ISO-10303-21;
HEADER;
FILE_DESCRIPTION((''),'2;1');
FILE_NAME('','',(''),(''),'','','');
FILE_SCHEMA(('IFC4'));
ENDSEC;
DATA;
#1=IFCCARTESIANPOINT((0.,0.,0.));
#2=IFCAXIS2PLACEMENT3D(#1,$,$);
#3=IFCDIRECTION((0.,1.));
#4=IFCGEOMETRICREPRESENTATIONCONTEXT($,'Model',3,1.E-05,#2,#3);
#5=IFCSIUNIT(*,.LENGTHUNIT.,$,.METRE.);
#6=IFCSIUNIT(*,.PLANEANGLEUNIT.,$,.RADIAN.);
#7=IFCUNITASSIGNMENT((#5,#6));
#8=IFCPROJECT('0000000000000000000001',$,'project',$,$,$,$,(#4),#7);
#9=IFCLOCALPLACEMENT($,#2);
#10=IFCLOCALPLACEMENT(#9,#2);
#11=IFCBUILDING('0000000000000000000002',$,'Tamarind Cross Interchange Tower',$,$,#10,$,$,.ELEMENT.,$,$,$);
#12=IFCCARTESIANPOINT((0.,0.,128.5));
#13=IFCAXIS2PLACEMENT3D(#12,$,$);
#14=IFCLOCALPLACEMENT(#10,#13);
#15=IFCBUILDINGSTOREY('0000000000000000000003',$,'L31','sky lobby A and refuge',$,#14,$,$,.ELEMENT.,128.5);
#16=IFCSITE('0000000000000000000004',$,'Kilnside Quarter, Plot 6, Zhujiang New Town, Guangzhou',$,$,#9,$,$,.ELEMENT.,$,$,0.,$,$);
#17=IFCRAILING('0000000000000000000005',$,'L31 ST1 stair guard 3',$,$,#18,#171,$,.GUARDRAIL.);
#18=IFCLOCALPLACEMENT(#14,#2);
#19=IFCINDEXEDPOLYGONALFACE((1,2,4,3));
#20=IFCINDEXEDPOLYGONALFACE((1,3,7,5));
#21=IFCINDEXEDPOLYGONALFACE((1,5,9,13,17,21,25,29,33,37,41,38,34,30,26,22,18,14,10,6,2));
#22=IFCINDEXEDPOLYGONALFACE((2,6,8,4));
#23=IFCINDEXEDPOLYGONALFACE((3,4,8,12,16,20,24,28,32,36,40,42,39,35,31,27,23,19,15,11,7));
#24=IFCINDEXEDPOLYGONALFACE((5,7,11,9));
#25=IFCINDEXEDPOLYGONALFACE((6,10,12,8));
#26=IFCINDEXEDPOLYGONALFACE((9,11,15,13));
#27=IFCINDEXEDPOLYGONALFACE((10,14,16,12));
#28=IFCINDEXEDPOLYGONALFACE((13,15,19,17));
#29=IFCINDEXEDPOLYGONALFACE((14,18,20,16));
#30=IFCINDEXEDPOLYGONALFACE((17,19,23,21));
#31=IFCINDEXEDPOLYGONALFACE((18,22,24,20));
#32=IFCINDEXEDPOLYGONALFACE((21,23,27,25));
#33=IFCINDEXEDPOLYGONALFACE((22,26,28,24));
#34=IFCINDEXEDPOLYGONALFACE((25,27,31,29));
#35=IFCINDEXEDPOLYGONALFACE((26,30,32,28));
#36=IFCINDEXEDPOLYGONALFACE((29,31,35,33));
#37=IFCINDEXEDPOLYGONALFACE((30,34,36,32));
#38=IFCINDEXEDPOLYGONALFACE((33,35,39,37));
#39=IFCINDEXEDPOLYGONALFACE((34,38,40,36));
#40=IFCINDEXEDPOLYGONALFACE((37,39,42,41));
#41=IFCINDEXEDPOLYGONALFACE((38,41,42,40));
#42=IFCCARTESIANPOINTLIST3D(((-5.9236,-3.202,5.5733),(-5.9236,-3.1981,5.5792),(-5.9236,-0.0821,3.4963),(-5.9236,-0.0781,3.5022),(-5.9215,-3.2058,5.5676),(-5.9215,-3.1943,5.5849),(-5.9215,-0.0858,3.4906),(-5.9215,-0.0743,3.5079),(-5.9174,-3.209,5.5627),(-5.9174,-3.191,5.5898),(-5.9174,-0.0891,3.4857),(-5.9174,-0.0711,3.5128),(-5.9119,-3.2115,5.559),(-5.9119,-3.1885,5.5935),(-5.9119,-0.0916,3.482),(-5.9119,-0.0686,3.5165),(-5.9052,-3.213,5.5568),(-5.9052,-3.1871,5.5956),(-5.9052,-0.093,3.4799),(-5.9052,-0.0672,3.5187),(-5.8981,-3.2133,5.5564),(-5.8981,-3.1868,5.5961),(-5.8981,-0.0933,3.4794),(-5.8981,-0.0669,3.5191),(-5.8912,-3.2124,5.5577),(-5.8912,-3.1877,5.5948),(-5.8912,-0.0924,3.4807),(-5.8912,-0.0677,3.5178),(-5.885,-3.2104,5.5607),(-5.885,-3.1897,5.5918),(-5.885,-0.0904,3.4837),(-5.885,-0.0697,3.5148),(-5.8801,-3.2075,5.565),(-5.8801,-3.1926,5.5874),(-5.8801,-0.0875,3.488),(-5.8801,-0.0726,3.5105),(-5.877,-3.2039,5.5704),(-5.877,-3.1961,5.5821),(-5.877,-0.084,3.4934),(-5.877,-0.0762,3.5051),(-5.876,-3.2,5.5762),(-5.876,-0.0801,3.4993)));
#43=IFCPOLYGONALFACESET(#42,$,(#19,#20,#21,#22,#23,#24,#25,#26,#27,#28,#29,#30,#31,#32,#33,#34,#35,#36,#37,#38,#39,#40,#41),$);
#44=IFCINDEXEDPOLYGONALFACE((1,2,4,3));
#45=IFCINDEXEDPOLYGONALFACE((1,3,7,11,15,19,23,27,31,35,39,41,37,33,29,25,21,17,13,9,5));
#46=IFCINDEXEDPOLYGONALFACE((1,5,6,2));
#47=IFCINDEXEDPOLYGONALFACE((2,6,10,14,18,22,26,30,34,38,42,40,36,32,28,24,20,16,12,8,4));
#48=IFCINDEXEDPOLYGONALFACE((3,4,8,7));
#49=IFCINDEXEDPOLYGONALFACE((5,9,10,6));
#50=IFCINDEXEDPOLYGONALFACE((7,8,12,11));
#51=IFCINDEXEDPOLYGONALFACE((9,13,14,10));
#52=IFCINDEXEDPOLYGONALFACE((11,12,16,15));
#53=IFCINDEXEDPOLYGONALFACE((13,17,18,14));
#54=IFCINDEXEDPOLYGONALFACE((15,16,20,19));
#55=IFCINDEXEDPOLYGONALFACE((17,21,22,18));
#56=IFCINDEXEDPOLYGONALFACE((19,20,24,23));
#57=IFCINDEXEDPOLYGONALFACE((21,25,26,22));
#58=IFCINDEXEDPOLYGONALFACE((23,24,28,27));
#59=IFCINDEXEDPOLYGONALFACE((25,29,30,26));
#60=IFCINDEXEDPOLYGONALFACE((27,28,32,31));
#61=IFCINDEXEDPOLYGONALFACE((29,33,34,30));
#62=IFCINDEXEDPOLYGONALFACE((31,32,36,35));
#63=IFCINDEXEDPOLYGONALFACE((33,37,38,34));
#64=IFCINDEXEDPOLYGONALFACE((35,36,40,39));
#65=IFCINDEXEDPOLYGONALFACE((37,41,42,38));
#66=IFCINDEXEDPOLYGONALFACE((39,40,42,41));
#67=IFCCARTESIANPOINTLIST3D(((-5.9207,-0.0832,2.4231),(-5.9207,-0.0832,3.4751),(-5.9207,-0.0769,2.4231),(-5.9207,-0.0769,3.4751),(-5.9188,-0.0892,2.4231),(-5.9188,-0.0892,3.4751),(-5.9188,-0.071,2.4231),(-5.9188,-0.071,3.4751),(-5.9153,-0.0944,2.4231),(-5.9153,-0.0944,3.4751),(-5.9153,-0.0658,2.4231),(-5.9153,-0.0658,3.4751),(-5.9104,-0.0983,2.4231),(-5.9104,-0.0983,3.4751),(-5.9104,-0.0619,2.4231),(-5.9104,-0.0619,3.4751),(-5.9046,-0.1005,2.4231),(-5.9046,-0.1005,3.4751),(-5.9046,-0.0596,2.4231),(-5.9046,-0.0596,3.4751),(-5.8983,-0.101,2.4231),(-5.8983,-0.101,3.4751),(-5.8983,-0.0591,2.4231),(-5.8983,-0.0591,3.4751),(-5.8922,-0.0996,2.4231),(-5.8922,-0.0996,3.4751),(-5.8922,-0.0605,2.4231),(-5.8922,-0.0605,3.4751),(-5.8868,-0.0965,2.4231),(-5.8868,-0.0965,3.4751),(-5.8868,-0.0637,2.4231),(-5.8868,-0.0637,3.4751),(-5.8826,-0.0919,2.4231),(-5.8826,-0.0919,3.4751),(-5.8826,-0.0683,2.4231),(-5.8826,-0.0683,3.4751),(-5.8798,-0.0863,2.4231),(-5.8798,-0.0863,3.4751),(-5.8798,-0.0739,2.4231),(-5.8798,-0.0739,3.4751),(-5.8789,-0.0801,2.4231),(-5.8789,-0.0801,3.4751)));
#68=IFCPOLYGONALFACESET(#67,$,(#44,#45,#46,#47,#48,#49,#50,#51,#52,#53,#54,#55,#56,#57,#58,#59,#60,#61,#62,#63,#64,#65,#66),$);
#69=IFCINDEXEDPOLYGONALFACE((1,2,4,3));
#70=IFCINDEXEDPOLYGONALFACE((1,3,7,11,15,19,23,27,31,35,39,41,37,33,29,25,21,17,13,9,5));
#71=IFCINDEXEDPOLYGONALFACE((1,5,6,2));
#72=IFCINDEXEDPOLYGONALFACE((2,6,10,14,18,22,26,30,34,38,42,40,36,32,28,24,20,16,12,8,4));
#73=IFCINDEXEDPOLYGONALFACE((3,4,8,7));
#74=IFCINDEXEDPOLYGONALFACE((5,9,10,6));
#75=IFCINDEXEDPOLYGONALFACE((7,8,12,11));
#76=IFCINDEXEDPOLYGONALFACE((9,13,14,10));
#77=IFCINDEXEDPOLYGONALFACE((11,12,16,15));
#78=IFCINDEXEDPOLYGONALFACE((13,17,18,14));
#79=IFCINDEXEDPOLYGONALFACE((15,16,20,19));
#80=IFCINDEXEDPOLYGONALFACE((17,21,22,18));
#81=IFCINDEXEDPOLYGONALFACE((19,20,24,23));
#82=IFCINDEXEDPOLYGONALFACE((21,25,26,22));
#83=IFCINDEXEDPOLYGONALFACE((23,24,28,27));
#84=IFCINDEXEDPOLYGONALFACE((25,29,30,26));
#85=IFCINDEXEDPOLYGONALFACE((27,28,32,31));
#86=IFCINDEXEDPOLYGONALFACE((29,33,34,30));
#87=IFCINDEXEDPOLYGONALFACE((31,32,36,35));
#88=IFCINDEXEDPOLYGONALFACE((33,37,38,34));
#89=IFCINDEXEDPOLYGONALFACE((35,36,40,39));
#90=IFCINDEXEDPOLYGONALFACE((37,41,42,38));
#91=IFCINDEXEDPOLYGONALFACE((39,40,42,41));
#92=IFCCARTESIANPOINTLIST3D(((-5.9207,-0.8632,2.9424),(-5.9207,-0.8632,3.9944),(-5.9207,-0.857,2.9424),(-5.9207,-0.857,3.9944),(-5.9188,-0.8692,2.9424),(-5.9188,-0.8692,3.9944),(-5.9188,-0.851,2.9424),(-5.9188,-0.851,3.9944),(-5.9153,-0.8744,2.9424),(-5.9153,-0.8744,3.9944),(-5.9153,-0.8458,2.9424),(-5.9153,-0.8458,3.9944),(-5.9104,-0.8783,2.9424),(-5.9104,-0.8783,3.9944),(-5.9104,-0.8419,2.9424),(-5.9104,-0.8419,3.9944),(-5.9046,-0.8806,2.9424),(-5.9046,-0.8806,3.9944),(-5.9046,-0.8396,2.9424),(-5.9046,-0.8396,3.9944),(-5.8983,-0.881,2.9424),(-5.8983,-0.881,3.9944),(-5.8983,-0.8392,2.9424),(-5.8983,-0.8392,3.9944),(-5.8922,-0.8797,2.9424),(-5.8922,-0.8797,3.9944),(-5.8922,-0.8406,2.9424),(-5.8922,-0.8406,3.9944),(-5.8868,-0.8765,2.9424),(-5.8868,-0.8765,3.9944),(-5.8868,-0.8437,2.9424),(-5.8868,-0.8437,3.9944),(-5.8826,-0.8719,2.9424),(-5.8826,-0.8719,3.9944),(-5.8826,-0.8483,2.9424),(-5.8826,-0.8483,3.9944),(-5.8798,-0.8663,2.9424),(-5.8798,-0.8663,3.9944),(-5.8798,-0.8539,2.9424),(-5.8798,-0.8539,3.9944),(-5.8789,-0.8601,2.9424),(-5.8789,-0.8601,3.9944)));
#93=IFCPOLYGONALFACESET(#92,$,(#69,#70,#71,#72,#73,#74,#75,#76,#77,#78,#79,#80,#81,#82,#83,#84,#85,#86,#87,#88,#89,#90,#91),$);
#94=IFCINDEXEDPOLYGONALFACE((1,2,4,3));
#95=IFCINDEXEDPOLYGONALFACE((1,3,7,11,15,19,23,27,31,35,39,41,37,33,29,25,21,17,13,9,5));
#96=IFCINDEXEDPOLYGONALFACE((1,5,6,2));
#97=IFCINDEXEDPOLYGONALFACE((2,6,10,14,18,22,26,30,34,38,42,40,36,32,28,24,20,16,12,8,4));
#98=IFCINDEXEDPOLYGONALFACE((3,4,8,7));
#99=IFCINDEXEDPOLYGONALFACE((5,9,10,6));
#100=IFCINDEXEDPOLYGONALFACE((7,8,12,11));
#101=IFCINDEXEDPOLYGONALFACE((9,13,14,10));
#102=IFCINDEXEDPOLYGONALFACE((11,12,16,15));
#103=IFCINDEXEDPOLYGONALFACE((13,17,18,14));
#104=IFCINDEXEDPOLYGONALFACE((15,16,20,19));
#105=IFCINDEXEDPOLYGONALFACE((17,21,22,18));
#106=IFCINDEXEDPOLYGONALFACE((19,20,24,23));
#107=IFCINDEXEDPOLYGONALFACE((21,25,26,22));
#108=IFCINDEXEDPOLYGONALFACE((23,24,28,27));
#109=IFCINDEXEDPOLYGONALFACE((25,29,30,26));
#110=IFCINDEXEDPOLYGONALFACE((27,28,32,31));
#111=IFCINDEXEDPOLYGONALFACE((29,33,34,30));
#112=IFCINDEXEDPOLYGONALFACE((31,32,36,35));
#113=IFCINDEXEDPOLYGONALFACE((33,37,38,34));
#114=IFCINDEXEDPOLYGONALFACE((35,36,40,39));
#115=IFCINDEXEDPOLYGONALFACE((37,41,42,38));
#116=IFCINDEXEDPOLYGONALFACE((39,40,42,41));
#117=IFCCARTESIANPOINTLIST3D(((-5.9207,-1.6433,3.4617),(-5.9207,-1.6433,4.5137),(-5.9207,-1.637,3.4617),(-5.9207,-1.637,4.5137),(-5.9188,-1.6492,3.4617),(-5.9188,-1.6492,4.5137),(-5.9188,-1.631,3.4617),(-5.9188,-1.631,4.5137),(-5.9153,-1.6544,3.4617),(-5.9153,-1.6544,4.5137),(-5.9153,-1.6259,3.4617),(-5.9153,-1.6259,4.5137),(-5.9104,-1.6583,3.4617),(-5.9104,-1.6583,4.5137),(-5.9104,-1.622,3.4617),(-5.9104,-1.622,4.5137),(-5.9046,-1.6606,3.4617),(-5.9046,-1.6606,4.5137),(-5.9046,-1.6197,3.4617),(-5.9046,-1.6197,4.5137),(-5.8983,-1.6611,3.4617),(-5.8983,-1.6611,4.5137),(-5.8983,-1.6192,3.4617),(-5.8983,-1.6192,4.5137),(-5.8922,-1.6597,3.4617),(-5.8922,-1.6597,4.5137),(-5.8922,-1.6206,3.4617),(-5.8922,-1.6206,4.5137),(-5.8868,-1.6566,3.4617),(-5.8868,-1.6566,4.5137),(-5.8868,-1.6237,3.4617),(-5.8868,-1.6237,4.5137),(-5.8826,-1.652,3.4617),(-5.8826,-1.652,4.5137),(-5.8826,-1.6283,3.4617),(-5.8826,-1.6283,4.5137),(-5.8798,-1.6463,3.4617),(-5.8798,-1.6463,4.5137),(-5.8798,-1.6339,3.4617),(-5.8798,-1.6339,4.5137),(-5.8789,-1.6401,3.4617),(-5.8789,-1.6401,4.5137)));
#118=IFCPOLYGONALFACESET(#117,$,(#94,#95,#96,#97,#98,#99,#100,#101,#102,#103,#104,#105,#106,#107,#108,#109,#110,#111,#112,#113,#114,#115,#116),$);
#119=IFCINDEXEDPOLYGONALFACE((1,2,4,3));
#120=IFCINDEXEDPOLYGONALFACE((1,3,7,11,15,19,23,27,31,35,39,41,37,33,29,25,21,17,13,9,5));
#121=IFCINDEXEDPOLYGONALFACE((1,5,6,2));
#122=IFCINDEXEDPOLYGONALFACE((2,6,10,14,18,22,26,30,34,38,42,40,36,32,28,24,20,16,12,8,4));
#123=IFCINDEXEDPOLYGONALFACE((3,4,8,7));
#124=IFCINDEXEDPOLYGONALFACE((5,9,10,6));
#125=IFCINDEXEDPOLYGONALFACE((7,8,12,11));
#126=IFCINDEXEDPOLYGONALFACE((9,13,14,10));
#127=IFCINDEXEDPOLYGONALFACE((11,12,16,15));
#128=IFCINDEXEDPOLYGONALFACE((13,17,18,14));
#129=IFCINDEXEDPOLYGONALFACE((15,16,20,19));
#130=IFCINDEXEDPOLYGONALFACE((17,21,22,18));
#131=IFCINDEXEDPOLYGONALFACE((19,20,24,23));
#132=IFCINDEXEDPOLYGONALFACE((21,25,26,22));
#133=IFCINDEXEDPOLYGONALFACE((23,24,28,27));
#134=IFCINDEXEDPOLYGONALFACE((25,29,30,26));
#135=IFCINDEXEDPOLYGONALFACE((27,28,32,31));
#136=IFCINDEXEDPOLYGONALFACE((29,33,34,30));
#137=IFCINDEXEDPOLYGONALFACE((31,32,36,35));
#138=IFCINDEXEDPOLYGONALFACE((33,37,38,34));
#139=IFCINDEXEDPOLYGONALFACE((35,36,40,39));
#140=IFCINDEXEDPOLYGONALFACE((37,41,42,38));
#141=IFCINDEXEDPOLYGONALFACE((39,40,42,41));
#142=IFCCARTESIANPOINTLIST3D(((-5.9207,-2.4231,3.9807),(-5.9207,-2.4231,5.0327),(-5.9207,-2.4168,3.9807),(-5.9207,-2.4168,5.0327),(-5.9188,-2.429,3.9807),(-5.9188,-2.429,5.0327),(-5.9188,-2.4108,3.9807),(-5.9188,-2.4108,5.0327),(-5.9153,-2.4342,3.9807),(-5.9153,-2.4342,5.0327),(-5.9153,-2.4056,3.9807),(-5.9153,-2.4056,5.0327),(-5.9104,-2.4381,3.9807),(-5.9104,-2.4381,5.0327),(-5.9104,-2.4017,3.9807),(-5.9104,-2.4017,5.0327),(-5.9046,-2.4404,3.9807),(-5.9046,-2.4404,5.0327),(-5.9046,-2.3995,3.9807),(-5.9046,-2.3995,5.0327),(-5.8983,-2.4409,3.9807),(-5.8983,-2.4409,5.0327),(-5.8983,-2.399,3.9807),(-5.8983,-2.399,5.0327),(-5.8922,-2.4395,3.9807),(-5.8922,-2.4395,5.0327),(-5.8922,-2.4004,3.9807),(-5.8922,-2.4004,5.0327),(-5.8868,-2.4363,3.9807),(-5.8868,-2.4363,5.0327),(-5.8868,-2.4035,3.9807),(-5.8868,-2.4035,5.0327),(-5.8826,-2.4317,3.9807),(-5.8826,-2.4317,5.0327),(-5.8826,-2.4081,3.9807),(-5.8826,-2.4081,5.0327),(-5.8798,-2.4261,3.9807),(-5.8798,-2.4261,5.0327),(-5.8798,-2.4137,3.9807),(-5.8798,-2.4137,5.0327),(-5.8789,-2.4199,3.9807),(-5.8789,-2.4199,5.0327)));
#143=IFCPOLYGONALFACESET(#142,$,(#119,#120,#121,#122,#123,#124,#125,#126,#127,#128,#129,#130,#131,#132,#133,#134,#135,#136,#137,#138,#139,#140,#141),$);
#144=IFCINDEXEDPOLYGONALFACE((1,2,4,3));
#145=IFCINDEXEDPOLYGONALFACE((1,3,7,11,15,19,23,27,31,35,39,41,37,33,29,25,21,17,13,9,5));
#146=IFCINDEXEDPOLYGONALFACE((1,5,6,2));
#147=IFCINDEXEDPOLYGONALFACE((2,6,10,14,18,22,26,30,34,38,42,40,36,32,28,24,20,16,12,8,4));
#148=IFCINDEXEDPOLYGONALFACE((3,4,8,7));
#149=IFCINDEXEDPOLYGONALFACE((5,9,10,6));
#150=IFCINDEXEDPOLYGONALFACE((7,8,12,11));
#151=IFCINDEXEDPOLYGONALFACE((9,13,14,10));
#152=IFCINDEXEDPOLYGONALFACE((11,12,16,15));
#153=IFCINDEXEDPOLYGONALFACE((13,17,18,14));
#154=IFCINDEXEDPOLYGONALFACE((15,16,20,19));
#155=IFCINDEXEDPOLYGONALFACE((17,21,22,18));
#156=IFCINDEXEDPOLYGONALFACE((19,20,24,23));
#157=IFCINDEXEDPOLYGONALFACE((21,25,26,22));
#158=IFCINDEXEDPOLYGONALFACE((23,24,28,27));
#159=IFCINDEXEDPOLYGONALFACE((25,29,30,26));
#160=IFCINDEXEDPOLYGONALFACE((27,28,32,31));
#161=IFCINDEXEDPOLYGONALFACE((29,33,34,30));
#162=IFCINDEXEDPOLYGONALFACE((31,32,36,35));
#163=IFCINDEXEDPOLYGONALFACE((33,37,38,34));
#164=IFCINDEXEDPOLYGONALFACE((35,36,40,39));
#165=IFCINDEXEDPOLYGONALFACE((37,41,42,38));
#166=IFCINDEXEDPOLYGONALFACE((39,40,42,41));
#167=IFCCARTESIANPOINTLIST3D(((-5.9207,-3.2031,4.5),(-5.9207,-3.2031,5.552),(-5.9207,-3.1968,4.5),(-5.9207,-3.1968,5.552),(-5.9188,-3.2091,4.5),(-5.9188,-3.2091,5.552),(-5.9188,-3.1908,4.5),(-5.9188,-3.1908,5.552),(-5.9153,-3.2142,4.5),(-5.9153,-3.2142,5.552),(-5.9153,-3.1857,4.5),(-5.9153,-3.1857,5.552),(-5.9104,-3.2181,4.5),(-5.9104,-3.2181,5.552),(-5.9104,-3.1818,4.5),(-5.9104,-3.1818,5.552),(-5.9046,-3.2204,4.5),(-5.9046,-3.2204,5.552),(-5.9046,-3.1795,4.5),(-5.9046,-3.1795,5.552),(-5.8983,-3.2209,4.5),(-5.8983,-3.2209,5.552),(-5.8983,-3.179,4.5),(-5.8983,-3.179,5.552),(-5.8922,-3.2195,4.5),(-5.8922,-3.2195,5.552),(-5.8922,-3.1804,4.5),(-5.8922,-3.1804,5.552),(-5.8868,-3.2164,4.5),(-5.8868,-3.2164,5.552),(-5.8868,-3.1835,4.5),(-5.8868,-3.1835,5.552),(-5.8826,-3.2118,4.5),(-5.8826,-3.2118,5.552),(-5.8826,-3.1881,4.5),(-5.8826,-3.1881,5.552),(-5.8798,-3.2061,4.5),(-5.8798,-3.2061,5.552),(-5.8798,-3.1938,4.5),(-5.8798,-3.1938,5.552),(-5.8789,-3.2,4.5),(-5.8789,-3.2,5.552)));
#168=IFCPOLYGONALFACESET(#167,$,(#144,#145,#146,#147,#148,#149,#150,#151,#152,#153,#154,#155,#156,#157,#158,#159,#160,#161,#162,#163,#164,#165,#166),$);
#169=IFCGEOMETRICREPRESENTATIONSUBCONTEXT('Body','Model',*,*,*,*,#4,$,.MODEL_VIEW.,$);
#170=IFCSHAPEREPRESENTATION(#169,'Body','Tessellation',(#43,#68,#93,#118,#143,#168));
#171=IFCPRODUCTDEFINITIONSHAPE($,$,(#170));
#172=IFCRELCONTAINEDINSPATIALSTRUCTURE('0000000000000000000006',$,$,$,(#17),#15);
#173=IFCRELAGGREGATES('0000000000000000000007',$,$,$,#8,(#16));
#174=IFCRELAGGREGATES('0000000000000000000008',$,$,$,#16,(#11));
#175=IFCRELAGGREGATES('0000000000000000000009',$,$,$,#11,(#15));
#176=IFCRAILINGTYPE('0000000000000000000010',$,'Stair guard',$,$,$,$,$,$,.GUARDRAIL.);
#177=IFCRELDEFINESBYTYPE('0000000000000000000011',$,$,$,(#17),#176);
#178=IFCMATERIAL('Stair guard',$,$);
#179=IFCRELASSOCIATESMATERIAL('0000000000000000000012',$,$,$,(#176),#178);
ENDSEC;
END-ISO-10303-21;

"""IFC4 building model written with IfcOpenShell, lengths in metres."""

from ifc_helpers import new_model, si_unit, direction, frame, origin, origin_2d, place, context, subcontext, project, spatial, circle, extrude, material, type_object, element, save


model = new_model("IFC4")

# Units and contexts
model_context = context("Model", 3, precision=1e-05, world=origin(), true_north=direction((0.0, 1.0)))
body_context = subcontext(model_context, "Body", "Model", "MODEL_VIEW")
ifc_project = project(units=[si_unit("LENGTHUNIT", "METRE"), si_unit("PLANEANGLEUNIT", "RADIAN")], contexts=[model_context])

# Site, building, storey
site_placement = place(None, origin())
site = spatial("IfcSite", under=ifc_project, at=site_placement, Name="Kilnside Quarter, Plot 6, Zhujiang New Town, Guangzhou", CompositionType="ELEMENT", RefElevation=0.0)
building_placement = place(site_placement, origin())
building = spatial("IfcBuilding", under=site, at=building_placement, Name="Tamarind Cross Interchange Tower", CompositionType="ELEMENT")
storey_placement = place(building_placement, frame((0.0, 0.0, 128.5)))
storey = spatial("IfcBuildingStorey", under=building, at=storey_placement, Name="L31", Description="sky lobby A and refuge", CompositionType="ELEMENT", Elevation=128.5)

# Railing
ifc_material_1 = material(Name="Stair guard")
railing_type_1 = type_object("IfcRailingType", Name="Stair guard", PredefinedType="GUARDRAIL", material=ifc_material_1)
railing_1_placement = place(storey_placement, frame((-5.8999, -0.0801, 2.4231)))
element("IfcRailing", 1, at=railing_1_placement, inside=storey, type_object=railing_type_1, Name="L31 ST1 stair guard 3", PredefinedType="GUARDRAIL", context=body_context, shape_type="SweptSolid", body=[
    extrude(circle(Radius=0.0239, at=origin_2d()), frame((0.0, 0.0, 1.0762), z_axis=(0.0, -0.832421, 0.554144), x_axis=(1.0, 0.0, 0.0)), (0.0, 0.0, 1.0), 3.748),
    extrude(circle(Radius=0.021, at=origin_2d()), origin(), (0.0, 0.0, 1.0), 1.052),
    extrude(circle(Radius=0.021, at=origin_2d()), frame((0.0, -0.78, 0.5193)), (0.0, 0.0, 1.0), 1.052),
    extrude(circle(Radius=0.021, at=origin_2d()), frame((0.0, -1.5601, 1.0386)), (0.0, 0.0, 1.0), 1.052),
    extrude(circle(Radius=0.021, at=origin_2d()), frame((0.0, -2.3398, 1.5576)), (0.0, 0.0, 1.0), 1.052),
    extrude(circle(Radius=0.021, at=origin_2d()), frame((0.0, -3.1199, 2.0769)), (0.0, 0.0, 1.0), 1.052),
])

save(model, "model.ifc")
